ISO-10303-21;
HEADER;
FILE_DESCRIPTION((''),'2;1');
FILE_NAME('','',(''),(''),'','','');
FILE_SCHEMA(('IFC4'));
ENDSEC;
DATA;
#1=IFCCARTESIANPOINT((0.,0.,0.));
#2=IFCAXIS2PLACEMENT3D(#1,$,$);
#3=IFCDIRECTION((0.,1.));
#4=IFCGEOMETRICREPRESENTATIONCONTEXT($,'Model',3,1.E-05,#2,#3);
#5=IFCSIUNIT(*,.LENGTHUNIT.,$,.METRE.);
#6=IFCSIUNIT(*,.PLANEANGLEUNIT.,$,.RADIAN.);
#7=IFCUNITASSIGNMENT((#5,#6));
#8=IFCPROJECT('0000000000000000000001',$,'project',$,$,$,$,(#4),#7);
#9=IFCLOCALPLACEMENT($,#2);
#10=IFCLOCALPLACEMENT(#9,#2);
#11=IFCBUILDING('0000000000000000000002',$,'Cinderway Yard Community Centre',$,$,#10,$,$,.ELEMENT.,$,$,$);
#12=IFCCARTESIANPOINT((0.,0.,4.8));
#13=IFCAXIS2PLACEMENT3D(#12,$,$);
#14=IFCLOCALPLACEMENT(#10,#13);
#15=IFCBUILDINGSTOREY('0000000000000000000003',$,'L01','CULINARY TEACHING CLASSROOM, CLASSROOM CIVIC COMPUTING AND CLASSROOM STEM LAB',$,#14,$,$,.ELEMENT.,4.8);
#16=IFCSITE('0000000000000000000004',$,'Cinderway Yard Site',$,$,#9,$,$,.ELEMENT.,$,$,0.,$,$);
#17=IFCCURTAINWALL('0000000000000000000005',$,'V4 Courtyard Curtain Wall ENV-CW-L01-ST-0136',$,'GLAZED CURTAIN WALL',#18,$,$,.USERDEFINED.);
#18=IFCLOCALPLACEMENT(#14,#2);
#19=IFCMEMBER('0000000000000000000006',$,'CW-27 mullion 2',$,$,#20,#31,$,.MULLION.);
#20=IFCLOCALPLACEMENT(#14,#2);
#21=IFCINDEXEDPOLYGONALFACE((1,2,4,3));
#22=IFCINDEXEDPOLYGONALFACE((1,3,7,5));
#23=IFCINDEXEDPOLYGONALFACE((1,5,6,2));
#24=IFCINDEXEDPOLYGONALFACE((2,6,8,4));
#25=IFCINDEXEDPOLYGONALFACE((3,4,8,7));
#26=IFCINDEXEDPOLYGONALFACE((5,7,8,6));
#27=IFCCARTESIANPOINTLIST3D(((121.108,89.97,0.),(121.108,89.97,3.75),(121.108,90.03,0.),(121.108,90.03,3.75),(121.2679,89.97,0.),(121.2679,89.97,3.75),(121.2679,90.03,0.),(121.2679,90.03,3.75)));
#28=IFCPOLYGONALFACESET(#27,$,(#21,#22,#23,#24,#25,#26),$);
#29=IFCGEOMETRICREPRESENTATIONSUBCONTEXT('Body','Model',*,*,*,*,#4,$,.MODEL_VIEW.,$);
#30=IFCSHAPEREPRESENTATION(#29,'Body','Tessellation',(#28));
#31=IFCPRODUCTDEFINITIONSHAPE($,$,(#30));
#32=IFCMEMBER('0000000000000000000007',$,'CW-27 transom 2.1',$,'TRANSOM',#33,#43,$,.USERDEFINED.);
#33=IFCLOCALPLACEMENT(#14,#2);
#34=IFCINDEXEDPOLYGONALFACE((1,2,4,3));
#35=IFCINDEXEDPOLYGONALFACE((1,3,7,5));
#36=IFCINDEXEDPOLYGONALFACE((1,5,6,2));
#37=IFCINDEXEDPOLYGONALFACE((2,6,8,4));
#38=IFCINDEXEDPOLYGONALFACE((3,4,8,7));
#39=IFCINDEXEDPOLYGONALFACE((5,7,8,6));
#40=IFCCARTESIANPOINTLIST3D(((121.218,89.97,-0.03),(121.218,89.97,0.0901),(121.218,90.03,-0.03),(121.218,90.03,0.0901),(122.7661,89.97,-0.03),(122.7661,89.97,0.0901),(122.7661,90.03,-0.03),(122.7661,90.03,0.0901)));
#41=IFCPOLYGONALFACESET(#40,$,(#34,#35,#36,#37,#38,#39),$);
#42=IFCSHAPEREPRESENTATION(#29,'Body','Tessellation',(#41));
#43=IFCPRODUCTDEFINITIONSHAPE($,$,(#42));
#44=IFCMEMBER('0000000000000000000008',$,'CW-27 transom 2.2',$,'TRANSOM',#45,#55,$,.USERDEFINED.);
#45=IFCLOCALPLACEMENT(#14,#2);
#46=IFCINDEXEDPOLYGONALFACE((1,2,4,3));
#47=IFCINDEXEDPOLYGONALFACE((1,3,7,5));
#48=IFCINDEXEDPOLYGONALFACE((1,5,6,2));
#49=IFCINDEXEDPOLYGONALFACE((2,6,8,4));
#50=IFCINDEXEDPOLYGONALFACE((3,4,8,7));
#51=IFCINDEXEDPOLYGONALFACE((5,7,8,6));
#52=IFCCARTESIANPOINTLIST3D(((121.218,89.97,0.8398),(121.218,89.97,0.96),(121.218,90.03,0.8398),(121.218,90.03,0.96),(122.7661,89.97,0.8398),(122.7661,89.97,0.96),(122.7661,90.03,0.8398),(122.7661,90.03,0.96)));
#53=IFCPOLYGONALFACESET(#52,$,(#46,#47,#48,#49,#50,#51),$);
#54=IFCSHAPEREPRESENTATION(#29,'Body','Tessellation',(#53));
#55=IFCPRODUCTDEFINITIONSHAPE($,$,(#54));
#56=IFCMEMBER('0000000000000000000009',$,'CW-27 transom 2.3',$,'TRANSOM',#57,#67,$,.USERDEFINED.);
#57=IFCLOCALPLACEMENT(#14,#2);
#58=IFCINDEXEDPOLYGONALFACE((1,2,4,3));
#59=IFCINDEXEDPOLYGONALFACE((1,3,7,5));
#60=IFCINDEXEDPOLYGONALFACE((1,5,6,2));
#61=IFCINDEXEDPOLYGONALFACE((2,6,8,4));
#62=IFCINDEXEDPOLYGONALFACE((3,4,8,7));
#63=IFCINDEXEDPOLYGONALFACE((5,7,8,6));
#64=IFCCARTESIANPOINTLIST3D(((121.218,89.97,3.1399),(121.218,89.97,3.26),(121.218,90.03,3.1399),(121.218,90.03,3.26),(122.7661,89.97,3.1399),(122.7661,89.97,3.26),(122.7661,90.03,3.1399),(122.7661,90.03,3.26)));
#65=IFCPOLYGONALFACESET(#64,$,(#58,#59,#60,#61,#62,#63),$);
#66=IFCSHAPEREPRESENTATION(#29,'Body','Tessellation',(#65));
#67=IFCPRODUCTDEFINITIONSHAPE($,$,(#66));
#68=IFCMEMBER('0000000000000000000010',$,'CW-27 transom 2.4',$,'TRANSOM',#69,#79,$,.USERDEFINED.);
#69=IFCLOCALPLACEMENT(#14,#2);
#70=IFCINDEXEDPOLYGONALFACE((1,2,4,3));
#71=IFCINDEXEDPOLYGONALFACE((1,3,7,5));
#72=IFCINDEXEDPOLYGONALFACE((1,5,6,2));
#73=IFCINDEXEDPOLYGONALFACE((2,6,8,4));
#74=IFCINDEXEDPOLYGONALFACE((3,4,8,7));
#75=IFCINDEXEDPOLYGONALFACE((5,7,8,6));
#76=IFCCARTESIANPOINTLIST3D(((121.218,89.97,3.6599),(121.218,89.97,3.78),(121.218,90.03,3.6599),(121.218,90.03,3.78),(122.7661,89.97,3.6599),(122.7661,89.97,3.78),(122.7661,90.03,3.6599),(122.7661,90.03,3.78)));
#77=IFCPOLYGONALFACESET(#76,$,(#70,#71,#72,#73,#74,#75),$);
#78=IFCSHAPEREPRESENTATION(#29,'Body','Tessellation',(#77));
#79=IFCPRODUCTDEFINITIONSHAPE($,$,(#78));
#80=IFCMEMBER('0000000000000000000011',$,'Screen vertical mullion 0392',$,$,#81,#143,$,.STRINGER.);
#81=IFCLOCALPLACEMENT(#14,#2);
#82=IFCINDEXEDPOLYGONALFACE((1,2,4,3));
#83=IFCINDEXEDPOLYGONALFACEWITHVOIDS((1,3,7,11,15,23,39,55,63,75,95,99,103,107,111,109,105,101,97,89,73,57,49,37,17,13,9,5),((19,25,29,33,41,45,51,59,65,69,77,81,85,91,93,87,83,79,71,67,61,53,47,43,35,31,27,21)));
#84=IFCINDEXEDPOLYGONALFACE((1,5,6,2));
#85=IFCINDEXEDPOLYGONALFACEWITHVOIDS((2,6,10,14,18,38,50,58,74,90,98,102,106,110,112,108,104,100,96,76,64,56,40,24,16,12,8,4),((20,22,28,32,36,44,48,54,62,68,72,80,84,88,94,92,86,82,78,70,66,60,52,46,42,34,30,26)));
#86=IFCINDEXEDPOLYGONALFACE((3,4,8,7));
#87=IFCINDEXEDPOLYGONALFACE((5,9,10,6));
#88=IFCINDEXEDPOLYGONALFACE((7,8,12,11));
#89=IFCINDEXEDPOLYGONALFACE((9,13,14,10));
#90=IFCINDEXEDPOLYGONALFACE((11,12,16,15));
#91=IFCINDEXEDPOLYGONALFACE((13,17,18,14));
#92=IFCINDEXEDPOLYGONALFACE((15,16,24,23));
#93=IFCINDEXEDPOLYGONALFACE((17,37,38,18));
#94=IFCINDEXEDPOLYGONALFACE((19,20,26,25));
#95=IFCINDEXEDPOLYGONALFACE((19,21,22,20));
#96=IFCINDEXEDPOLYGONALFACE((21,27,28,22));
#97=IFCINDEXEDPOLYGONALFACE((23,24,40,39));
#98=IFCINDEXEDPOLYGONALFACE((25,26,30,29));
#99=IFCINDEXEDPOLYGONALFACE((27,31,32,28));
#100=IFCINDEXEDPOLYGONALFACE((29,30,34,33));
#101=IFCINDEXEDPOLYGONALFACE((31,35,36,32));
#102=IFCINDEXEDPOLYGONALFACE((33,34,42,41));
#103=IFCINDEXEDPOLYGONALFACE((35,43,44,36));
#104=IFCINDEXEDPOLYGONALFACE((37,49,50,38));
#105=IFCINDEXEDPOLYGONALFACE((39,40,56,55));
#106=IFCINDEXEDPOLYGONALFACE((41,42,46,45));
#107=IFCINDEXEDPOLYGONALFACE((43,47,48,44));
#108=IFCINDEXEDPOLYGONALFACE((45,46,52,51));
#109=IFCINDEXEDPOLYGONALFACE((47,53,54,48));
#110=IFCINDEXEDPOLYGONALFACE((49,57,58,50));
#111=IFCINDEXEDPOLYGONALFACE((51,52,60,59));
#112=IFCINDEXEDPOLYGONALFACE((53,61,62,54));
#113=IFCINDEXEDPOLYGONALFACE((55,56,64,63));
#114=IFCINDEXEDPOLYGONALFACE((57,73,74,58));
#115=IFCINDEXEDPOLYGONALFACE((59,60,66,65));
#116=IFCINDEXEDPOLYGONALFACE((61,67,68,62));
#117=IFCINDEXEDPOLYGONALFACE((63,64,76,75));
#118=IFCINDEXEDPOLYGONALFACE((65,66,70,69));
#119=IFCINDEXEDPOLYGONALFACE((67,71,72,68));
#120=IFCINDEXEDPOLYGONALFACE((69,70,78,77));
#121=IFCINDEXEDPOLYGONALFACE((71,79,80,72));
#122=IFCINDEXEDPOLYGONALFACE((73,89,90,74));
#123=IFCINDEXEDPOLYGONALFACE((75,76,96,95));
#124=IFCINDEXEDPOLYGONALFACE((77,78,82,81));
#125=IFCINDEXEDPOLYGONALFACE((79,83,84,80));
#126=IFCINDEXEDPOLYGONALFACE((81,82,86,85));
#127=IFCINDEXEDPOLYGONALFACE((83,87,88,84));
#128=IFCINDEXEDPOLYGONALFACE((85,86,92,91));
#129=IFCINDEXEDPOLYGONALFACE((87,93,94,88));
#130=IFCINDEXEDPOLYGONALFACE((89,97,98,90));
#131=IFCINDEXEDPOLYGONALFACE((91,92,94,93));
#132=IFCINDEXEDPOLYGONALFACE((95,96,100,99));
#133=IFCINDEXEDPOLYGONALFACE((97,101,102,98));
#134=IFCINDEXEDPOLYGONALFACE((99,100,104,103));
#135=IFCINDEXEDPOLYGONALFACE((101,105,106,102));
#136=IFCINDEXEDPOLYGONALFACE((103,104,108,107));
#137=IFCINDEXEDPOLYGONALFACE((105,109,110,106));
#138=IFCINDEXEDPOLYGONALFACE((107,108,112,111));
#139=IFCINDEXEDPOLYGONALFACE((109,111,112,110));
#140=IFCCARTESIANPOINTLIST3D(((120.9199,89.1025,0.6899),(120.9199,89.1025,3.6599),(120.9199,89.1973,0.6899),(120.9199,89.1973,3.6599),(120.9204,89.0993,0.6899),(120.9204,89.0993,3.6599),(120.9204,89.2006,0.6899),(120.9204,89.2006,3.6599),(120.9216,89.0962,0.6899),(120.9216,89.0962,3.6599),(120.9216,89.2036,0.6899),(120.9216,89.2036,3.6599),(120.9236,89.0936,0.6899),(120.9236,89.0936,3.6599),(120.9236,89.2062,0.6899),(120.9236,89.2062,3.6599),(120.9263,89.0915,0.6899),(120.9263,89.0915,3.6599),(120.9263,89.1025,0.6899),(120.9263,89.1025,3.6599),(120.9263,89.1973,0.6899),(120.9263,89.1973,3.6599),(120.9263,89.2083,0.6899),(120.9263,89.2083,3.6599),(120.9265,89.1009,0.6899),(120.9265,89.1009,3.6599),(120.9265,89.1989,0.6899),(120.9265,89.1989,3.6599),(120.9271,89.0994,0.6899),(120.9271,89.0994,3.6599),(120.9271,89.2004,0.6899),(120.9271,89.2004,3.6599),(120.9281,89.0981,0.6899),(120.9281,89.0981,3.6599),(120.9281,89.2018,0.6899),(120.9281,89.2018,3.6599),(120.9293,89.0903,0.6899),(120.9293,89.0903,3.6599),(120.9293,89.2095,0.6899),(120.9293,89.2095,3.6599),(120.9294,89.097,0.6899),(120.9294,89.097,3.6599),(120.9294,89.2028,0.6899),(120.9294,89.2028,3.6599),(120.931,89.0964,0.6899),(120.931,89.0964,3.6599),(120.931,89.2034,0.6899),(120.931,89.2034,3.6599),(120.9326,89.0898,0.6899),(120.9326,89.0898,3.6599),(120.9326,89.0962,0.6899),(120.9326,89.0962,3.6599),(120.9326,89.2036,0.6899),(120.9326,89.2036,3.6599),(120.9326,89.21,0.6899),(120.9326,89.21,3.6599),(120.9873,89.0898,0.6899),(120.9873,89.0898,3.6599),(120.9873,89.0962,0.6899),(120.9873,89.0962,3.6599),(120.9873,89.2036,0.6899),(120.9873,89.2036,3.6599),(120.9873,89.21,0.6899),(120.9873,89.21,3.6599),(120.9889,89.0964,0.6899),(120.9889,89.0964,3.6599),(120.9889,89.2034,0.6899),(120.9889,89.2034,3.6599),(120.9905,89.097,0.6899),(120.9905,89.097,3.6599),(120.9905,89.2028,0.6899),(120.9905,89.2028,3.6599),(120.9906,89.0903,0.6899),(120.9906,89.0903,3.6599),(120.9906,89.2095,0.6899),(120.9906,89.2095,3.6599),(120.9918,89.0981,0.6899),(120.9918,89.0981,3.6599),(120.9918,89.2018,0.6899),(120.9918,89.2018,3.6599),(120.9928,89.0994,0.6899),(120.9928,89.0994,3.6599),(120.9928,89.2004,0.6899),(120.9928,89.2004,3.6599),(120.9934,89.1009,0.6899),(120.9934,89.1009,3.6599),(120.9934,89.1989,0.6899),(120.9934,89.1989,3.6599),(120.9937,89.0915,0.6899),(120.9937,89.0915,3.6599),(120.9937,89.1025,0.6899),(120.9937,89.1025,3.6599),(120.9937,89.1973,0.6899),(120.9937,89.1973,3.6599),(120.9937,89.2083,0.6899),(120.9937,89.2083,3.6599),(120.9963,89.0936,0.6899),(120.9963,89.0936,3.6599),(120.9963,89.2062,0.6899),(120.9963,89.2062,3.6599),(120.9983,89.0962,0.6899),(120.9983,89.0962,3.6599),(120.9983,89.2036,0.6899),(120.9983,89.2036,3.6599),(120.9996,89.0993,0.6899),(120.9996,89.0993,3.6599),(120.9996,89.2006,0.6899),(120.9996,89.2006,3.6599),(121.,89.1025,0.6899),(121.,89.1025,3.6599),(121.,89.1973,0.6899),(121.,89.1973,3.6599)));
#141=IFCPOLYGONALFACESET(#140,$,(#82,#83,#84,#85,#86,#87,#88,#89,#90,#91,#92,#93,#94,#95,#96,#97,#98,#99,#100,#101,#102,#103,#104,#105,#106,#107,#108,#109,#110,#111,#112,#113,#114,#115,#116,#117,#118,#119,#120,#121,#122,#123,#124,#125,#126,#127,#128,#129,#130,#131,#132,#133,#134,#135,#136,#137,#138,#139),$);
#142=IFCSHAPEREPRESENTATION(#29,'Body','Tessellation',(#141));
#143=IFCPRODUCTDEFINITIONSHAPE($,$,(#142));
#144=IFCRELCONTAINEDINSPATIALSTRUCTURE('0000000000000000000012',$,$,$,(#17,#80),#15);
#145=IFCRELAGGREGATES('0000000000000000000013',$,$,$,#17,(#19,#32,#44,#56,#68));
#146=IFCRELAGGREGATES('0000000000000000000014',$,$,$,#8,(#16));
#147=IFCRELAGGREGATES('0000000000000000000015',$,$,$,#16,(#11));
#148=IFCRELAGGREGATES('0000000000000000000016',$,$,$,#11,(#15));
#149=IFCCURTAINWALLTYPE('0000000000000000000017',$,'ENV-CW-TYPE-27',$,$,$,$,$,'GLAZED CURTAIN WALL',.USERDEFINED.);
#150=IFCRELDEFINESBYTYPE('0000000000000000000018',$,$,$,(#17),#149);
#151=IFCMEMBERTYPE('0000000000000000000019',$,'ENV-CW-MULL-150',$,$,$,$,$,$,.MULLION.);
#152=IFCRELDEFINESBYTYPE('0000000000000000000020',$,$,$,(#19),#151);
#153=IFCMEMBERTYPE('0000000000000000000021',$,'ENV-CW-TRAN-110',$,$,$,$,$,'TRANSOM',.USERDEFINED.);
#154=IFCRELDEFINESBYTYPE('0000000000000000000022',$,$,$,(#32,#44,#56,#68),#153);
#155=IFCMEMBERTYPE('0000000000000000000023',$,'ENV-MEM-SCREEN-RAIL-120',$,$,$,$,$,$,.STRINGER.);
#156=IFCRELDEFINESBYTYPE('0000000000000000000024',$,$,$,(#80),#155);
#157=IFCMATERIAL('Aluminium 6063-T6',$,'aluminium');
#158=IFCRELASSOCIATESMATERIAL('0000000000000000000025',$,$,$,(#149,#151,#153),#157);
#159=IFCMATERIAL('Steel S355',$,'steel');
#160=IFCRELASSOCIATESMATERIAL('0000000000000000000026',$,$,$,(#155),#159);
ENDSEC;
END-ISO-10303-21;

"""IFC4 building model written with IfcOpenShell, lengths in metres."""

from ifc_helpers import new_model, si_unit, direction, frame, origin, origin_2d, place, context, subcontext, project, spatial, rectangle, hollow_rectangle, extrude, material, material_profile, profile_set, type_object, element, aggregate, save


model = new_model("IFC4")

# Units and contexts
model_context = context("Model", 3, precision=1e-05, world=origin(), true_north=direction((0.0, 1.0)))
body_context = subcontext(model_context, "Body", "Model", "MODEL_VIEW")
ifc_project = project(units=[si_unit("LENGTHUNIT", "METRE"), si_unit("PLANEANGLEUNIT", "RADIAN")], contexts=[model_context])

# Site, building, storey
site_placement = place(None, origin())
site = spatial("IfcSite", under=ifc_project, at=site_placement, Name="Cinderway Yard Site", CompositionType="ELEMENT", RefElevation=0.0)
building_placement = place(site_placement, origin())
building = spatial("IfcBuilding", under=site, at=building_placement, Name="Cinderway Yard Community Centre", CompositionType="ELEMENT")
storey_placement = place(building_placement, frame((0.0, 0.0, 4.8)))
storey = spatial("IfcBuildingStorey", under=building, at=storey_placement, Name="L01", Description="CULINARY TEACHING CLASSROOM, CLASSROOM CIVIC COMPUTING AND CLASSROOM STEM LAB", CompositionType="ELEMENT", Elevation=4.8)

# Curtain wall, members
ifc_material_1 = material(Name="Aluminium 6063-T6", Category="aluminium")
curtain_wall_type = type_object("IfcCurtainWallType", Name="ENV-CW-TYPE-27", ElementType="GLAZED CURTAIN WALL", PredefinedType="USERDEFINED", material=ifc_material_1)
curtain_wall_placement = place(storey_placement, origin())
curtain_wall = element("IfcCurtainWall", 1, at=curtain_wall_placement, inside=storey, type_object=curtain_wall_type, Name="V4 Courtyard Curtain Wall ENV-CW-L01-ST-0136", ObjectType="GLAZED CURTAIN WALL", PredefinedType="USERDEFINED")
ifc_material_profile_1 = material_profile(ifc_material_1, rectangle(XDim=0.0601, YDim=0.1599, at=origin_2d()), Name="Aluminium 6063-T6")
ifc_profile_set_1 = profile_set([ifc_material_profile_1], Name="Aluminium 6063-T6")
member_type_1 = type_object("IfcMemberType", Name="ENV-CW-MULL-150", PredefinedType="MULLION", material=ifc_profile_set_1)
member_1_placement = place(storey_placement, frame((121.188, 90.0, 0.0), z_axis=(0.0, 0.0, 1.0), x_axis=(0.0, 1.0, 0.0)))
member_1 = element("IfcMember", 2, at=member_1_placement, type_object=member_type_1, Name="CW-27 mullion 2", PredefinedType="MULLION", context=body_context, shape_type="SweptSolid", body=[
    extrude(rectangle(XDim=0.0601, YDim=0.1599, at=origin_2d()), origin(), (0.0, 0.0, 1.0), 3.75),
])
ifc_material_profile_2 = material_profile(ifc_material_1, rectangle(XDim=0.0601, YDim=0.1201, at=origin_2d()), Name="Aluminium 6063-T6")
ifc_profile_set_2 = profile_set([ifc_material_profile_2], Name="Aluminium 6063-T6")
member_type_2 = type_object("IfcMemberType", Name="ENV-CW-TRAN-110", ElementType="TRANSOM", PredefinedType="USERDEFINED", material=ifc_profile_set_2)
member_2_placement = place(storey_placement, frame((121.218, 90.0, 0.03), z_axis=(1.0, 0.0, 0.0), x_axis=(0.0, 1.0, 0.0)))
member_2 = element("IfcMember", 3, at=member_2_placement, type_object=member_type_2, Name="CW-27 transom 2.1", ObjectType="TRANSOM", PredefinedType="USERDEFINED", context=body_context, shape_type="SweptSolid", body=[
    extrude(rectangle(XDim=0.0601, YDim=0.1201, at=origin_2d()), origin(), (0.0, 0.0, 1.0), 1.5481),
])
member_3_placement = place(storey_placement, frame((121.218, 90.0, 0.8999), z_axis=(1.0, 0.0, 0.0), x_axis=(0.0, 1.0, 0.0)))
member_3 = element("IfcMember", 4, at=member_3_placement, type_object=member_type_2, Name="CW-27 transom 2.2", ObjectType="TRANSOM", PredefinedType="USERDEFINED", context=body_context, shape_type="SweptSolid", body=[
    extrude(rectangle(XDim=0.0601, YDim=0.1201, at=origin_2d()), origin(), (0.0, 0.0, 1.0), 1.5481),
])
member_4_placement = place(storey_placement, frame((121.218, 90.0, 3.2), z_axis=(1.0, 0.0, 0.0), x_axis=(0.0, 1.0, 0.0)))
member_4 = element("IfcMember", 5, at=member_4_placement, type_object=member_type_2, Name="CW-27 transom 2.3", ObjectType="TRANSOM", PredefinedType="USERDEFINED", context=body_context, shape_type="SweptSolid", body=[
    extrude(rectangle(XDim=0.0601, YDim=0.1201, at=origin_2d()), origin(), (0.0, 0.0, 1.0), 1.5481),
])
member_5_placement = place(storey_placement, frame((121.218, 90.0, 3.72), z_axis=(1.0, 0.0, 0.0), x_axis=(0.0, 1.0, 0.0)))
member_5 = element("IfcMember", 6, at=member_5_placement, type_object=member_type_2, Name="CW-27 transom 2.4", ObjectType="TRANSOM", PredefinedType="USERDEFINED", context=body_context, shape_type="SweptSolid", body=[
    extrude(rectangle(XDim=0.0601, YDim=0.1201, at=origin_2d()), origin(), (0.0, 0.0, 1.0), 1.5481),
])

# Member
ifc_material_2 = material(Name="Steel S355", Category="steel")
ifc_material_profile_3 = material_profile(ifc_material_2, hollow_rectangle(XDim=0.0801, YDim=0.1201, WallThickness=0.0063, InnerFilletRadius=0.0063, OuterFilletRadius=0.0127, at=origin_2d()), Name="Steel S355")
ifc_profile_set_3 = profile_set([ifc_material_profile_3], Name="Steel S355")
member_type_3 = type_object("IfcMemberType", Name="ENV-MEM-SCREEN-RAIL-120", PredefinedType="STRINGER", material=ifc_profile_set_3)
for number, where, z_axis, x_axis, name in (
    (7, (120.96, 89.1499, 0.6899), (0.0, 0.0, 1.0), (1.0, 0.0, 0.0), "Screen vertical mullion 0392"),
):
    element("IfcMember", number, at=place(storey_placement, frame(where, z_axis=z_axis, x_axis=x_axis)), inside=storey, type_object=member_type_3, Name=name, PredefinedType="STRINGER", context=body_context, shape_type="SweptSolid", body=[
        extrude(hollow_rectangle(XDim=0.0801, YDim=0.1201, WallThickness=0.0063, InnerFilletRadius=0.0063, OuterFilletRadius=0.0127, at=origin_2d()), origin(), (0.0, 0.0, 1.0), 2.97),
    ])

aggregate(curtain_wall, [member_1, member_2, member_3, member_4, member_5])

save(model, "model.ifc")
